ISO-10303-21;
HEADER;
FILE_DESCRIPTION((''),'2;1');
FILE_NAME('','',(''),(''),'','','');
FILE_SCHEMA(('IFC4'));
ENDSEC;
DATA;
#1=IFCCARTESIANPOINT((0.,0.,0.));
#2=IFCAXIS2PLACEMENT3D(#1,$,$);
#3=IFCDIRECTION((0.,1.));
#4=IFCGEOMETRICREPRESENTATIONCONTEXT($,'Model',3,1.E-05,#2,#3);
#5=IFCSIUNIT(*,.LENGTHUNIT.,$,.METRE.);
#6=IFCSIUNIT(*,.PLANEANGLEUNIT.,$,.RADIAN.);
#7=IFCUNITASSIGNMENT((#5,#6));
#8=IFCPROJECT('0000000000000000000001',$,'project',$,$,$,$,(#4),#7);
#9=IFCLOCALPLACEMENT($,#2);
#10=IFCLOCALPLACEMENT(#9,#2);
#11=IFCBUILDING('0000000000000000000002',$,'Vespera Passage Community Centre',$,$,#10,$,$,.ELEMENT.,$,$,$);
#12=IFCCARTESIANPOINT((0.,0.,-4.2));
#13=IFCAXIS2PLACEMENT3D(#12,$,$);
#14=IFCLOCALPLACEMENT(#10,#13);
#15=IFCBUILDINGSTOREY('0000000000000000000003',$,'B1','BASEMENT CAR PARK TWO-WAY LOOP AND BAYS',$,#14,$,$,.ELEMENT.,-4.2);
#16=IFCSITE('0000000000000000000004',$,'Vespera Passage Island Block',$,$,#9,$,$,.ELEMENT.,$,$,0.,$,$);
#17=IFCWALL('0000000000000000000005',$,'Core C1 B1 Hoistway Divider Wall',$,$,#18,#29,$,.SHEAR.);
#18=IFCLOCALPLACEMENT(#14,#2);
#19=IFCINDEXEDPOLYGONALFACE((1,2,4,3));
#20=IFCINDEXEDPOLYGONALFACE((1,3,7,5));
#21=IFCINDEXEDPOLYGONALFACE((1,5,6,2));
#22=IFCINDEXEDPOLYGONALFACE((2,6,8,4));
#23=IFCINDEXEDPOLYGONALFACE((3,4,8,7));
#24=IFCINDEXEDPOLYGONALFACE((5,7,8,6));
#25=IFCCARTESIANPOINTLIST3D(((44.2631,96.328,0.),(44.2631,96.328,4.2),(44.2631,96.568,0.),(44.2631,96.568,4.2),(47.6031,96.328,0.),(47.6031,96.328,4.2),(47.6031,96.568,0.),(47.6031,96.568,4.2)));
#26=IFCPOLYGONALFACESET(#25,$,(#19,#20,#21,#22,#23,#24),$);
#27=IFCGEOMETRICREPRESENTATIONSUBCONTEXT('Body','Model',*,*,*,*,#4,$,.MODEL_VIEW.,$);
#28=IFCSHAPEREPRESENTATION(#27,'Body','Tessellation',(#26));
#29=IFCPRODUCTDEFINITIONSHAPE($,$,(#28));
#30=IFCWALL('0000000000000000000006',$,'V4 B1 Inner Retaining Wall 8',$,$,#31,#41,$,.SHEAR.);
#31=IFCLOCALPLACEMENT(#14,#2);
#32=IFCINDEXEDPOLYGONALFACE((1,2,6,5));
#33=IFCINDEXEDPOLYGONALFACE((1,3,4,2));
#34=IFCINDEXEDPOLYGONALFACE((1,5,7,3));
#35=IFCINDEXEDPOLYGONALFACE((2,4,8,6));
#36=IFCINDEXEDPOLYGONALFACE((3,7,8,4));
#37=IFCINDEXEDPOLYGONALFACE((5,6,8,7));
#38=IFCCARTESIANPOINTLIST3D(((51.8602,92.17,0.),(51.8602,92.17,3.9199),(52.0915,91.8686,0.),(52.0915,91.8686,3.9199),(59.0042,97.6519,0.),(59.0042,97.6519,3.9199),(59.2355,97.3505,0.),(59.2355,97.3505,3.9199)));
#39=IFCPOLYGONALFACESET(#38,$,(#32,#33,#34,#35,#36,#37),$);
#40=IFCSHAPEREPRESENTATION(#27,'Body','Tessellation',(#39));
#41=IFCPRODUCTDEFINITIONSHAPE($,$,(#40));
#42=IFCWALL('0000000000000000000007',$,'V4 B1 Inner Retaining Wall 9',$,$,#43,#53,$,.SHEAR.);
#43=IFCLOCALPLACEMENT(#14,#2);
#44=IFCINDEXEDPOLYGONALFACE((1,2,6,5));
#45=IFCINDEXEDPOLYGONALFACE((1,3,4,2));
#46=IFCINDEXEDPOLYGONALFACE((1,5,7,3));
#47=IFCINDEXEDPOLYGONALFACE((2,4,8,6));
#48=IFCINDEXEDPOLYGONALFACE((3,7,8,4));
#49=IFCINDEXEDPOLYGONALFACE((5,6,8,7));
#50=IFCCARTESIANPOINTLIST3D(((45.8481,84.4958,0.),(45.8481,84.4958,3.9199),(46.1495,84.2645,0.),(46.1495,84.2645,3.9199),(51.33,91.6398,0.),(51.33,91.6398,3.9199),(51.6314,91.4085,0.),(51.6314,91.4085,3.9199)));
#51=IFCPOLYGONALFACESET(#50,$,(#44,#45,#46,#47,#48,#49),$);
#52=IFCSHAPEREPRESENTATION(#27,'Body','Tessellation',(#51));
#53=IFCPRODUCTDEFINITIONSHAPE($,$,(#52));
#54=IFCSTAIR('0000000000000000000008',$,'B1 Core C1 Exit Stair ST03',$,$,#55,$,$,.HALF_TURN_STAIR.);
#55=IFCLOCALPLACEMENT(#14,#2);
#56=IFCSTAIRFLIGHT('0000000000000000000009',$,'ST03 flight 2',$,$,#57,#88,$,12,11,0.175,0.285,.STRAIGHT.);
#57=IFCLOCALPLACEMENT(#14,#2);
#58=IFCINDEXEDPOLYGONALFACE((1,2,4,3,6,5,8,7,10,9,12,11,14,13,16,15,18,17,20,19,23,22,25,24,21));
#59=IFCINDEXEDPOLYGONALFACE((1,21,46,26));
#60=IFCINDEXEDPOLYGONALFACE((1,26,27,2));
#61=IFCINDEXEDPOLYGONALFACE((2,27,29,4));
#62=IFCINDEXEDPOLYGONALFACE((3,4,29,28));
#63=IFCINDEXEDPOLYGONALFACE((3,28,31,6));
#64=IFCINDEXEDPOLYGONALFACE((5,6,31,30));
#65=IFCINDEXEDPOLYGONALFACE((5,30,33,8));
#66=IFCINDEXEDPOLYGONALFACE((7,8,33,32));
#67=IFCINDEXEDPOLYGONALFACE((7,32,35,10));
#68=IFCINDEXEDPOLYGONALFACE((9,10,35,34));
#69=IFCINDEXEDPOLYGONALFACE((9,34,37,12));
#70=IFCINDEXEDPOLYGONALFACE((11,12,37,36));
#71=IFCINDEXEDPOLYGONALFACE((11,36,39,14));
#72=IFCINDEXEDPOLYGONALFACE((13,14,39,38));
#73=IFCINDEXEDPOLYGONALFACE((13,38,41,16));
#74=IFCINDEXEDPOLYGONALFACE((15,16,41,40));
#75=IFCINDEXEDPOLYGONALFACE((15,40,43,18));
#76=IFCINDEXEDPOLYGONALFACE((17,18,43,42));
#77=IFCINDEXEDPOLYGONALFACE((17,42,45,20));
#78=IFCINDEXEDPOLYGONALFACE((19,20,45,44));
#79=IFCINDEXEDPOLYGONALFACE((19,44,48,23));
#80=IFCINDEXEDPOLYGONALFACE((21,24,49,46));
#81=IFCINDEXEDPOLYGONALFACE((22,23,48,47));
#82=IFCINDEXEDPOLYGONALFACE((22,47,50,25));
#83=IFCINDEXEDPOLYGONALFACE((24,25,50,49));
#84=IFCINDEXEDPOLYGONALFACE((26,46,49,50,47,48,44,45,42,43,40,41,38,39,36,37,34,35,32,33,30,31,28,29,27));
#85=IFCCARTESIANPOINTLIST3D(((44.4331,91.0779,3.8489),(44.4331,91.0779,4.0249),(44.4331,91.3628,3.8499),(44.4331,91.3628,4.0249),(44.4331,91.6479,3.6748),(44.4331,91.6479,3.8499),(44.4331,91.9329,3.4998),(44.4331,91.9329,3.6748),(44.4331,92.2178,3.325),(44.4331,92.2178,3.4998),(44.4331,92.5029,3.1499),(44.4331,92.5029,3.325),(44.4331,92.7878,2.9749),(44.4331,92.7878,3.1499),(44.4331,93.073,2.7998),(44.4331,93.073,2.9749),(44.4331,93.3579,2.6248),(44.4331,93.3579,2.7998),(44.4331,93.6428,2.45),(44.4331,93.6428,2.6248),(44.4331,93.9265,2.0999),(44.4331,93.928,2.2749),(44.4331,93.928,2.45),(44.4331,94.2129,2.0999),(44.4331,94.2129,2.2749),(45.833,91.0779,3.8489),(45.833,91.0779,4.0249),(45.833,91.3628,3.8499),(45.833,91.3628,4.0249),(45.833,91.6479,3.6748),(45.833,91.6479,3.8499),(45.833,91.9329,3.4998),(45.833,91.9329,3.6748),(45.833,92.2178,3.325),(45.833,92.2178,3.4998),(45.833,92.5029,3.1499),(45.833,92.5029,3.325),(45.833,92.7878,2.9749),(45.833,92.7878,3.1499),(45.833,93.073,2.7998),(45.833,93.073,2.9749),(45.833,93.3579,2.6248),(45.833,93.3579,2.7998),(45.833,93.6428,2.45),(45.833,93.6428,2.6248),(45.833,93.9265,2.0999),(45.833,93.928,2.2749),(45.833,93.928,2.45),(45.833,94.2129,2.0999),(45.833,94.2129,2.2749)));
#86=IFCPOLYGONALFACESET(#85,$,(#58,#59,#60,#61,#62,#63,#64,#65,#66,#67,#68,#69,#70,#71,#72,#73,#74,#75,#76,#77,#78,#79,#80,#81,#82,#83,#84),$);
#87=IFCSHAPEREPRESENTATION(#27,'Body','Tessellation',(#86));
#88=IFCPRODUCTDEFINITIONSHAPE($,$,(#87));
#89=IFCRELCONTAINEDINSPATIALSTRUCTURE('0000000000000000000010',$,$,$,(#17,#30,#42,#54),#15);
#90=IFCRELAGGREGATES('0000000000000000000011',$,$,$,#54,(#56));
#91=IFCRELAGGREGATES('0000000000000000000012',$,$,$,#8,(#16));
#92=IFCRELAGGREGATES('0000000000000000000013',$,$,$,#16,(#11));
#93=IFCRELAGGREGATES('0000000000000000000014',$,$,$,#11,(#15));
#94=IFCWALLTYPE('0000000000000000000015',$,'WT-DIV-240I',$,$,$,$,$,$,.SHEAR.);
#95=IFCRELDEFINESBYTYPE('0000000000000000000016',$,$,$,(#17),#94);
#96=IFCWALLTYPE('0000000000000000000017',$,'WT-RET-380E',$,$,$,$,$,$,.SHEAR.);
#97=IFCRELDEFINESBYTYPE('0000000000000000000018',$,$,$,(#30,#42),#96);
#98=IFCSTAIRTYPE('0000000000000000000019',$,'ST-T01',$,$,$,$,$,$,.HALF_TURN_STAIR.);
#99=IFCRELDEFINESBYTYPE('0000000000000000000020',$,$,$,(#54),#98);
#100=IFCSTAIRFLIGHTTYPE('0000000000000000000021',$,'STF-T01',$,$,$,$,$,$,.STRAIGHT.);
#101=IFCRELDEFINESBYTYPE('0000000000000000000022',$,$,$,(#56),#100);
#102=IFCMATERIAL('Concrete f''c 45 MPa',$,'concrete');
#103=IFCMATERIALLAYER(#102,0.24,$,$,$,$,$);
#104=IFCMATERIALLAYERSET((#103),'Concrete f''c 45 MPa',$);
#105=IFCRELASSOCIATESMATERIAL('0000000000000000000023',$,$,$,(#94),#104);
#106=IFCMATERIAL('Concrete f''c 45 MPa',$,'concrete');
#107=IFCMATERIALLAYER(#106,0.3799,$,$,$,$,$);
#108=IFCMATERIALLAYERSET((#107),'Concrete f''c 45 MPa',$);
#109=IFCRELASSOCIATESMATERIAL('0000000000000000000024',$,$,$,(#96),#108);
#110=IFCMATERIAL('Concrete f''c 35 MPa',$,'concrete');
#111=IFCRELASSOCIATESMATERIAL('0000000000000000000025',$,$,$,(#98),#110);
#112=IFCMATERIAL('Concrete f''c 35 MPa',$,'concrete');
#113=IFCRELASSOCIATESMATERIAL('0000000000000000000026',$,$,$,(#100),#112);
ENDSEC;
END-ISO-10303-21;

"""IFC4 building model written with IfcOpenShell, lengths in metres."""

from ifc_helpers import new_model, si_unit, direction, frame, frame_2d, origin, place, context, subcontext, project, spatial, polyline, rectangle, outline, extrude, material, layer, layer_set, type_object, element, aggregate, save


model = new_model("IFC4")

# Units and contexts
model_context = context("Model", 3, precision=1e-05, world=origin(), true_north=direction((0.0, 1.0)))
body_context = subcontext(model_context, "Body", "Model", "MODEL_VIEW")
ifc_project = project(units=[si_unit("LENGTHUNIT", "METRE"), si_unit("PLANEANGLEUNIT", "RADIAN")], contexts=[model_context])

# Site, building, storey
site_placement = place(None, origin())
site = spatial("IfcSite", under=ifc_project, at=site_placement, Name="Vespera Passage Island Block", CompositionType="ELEMENT", RefElevation=0.0)
building_placement = place(site_placement, origin())
building = spatial("IfcBuilding", under=site, at=building_placement, Name="Vespera Passage Community Centre", CompositionType="ELEMENT")
storey_placement = place(building_placement, frame((0.0, 0.0, -4.2)))
storey = spatial("IfcBuildingStorey", under=building, at=storey_placement, Name="B1", Description="BASEMENT CAR PARK TWO-WAY LOOP AND BAYS", CompositionType="ELEMENT", Elevation=-4.2)

# Walls
ifc_material_1 = material(Name="Concrete f'c 45 MPa", Category="concrete")
ifc_layer_1 = layer(ifc_material_1, 0.24)
ifc_layer_set_1 = layer_set([ifc_layer_1], Name="Concrete f'c 45 MPa")
wall_type_1 = type_object("IfcWallType", Name="WT-DIV-240I", PredefinedType="SHEAR", material=ifc_layer_set_1)
wall_placement = place(storey_placement, frame((47.603, 96.448, 0.0), z_axis=(0.0, 0.0, 1.0), x_axis=(-1.0, 0.0, 0.0)))
element("IfcWall", 1, at=wall_placement, inside=storey, type_object=wall_type_1, Name="Core C1 B1 Hoistway Divider Wall", PredefinedType="SHEAR", context=body_context, shape_type="SweptSolid", body=[
    extrude(rectangle(XDim=3.3401, YDim=0.24, at=frame_2d((1.6699, 0.0))), origin(), (0.0, 0.0, 1.0), 4.2),
])
ifc_material_2 = material(Name="Concrete f'c 45 MPa", Category="concrete")
ifc_layer_2 = layer(ifc_material_2, 0.3799)
ifc_layer_set_2 = layer_set([ifc_layer_2], Name="Concrete f'c 45 MPa")
wall_type_2 = type_object("IfcWallType", Name="WT-RET-380E", PredefinedType="SHEAR", material=ifc_layer_set_2)
for number, where, z_axis, x_axis, name in (
    (2, (59.1199, 97.5012, 0.0), (0.0, 0.0, 1.0), (-0.793347, -0.60877, 0.0), "V4 B1 Inner Retaining Wall 8"),
    (3, (51.4807, 91.5242, 0.0), (0.0, 0.0, 1.0), (-0.60877, -0.793347, 0.0), "V4 B1 Inner Retaining Wall 9"),
):
    element("IfcWall", number, at=place(storey_placement, frame(where, z_axis=z_axis, x_axis=x_axis)), inside=storey, type_object=wall_type_2, Name=name, PredefinedType="SHEAR", context=body_context, shape_type="SweptSolid", body=[
        extrude(rectangle(XDim=9.0049, YDim=0.3799, at=frame_2d((4.5024, 0.0))), origin(), (0.0, 0.0, 1.0), 3.9199),
    ])

# Stair, stair flight
ifc_material_3 = material(Name="Concrete f'c 35 MPa", Category="concrete")
stair_type = type_object("IfcStairType", Name="ST-T01", PredefinedType="HALF_TURN_STAIR", material=ifc_material_3)
stair_placement = place(storey_placement, origin())
stair = element("IfcStair", 4, at=stair_placement, inside=storey, type_object=stair_type, Name="B1 Core C1 Exit Stair ST03", PredefinedType="HALF_TURN_STAIR")
ifc_material_4 = material(Name="Concrete f'c 35 MPa", Category="concrete")
stair_flight_type = type_object("IfcStairFlightType", Name="STF-T01", PredefinedType="STRAIGHT", material=ifc_material_4)
stair_flight_placement = place(storey_placement, frame((45.1331, 94.2129, 2.0999), z_axis=(0.0, 0.0, 1.0), x_axis=(0.0, -1.0, 0.0)))
stair_flight = element("IfcStairFlight", 5, at=stair_flight_placement, type_object=stair_flight_type, Name="ST03 flight 2", NumberOfRisers=12, NumberOfTreads=11, PredefinedType="STRAIGHT", RiserHeight=0.175, TreadLength=0.285, context=body_context, shape_type="SweptSolid", body=[
    extrude(outline(polyline([(0.0, 0.0), (0.0, 0.175), (0.2849, 0.175), (0.2849, 0.3501), (0.5701, 0.3501), (0.5701, 0.5249), (0.855, 0.5249), (0.855, 0.7), (1.1399, 0.7), (1.1399, 0.875), (1.425, 0.875), (1.425, 1.05), (1.71, 1.05), (1.71, 1.2251), (1.9951, 1.2251), (1.9951, 1.3999), (2.28, 1.3999), (2.28, 1.575), (2.5649, 1.575), (2.5649, 1.75), (2.8501, 1.75), (2.8501, 1.925), (3.135, 1.925), (3.135, 2.1001), (3.135, 1.749), (0.2864, 0.0), (0.0, 0.0)])), frame((0.0, 0.7, 0.0), z_axis=(0.0, -1.0, 0.0), x_axis=(1.0, 0.0, 0.0)), (0.0, 0.0, 1.0), 1.3999),
])
aggregate(stair, [stair_flight])

save(model, "model.ifc")
